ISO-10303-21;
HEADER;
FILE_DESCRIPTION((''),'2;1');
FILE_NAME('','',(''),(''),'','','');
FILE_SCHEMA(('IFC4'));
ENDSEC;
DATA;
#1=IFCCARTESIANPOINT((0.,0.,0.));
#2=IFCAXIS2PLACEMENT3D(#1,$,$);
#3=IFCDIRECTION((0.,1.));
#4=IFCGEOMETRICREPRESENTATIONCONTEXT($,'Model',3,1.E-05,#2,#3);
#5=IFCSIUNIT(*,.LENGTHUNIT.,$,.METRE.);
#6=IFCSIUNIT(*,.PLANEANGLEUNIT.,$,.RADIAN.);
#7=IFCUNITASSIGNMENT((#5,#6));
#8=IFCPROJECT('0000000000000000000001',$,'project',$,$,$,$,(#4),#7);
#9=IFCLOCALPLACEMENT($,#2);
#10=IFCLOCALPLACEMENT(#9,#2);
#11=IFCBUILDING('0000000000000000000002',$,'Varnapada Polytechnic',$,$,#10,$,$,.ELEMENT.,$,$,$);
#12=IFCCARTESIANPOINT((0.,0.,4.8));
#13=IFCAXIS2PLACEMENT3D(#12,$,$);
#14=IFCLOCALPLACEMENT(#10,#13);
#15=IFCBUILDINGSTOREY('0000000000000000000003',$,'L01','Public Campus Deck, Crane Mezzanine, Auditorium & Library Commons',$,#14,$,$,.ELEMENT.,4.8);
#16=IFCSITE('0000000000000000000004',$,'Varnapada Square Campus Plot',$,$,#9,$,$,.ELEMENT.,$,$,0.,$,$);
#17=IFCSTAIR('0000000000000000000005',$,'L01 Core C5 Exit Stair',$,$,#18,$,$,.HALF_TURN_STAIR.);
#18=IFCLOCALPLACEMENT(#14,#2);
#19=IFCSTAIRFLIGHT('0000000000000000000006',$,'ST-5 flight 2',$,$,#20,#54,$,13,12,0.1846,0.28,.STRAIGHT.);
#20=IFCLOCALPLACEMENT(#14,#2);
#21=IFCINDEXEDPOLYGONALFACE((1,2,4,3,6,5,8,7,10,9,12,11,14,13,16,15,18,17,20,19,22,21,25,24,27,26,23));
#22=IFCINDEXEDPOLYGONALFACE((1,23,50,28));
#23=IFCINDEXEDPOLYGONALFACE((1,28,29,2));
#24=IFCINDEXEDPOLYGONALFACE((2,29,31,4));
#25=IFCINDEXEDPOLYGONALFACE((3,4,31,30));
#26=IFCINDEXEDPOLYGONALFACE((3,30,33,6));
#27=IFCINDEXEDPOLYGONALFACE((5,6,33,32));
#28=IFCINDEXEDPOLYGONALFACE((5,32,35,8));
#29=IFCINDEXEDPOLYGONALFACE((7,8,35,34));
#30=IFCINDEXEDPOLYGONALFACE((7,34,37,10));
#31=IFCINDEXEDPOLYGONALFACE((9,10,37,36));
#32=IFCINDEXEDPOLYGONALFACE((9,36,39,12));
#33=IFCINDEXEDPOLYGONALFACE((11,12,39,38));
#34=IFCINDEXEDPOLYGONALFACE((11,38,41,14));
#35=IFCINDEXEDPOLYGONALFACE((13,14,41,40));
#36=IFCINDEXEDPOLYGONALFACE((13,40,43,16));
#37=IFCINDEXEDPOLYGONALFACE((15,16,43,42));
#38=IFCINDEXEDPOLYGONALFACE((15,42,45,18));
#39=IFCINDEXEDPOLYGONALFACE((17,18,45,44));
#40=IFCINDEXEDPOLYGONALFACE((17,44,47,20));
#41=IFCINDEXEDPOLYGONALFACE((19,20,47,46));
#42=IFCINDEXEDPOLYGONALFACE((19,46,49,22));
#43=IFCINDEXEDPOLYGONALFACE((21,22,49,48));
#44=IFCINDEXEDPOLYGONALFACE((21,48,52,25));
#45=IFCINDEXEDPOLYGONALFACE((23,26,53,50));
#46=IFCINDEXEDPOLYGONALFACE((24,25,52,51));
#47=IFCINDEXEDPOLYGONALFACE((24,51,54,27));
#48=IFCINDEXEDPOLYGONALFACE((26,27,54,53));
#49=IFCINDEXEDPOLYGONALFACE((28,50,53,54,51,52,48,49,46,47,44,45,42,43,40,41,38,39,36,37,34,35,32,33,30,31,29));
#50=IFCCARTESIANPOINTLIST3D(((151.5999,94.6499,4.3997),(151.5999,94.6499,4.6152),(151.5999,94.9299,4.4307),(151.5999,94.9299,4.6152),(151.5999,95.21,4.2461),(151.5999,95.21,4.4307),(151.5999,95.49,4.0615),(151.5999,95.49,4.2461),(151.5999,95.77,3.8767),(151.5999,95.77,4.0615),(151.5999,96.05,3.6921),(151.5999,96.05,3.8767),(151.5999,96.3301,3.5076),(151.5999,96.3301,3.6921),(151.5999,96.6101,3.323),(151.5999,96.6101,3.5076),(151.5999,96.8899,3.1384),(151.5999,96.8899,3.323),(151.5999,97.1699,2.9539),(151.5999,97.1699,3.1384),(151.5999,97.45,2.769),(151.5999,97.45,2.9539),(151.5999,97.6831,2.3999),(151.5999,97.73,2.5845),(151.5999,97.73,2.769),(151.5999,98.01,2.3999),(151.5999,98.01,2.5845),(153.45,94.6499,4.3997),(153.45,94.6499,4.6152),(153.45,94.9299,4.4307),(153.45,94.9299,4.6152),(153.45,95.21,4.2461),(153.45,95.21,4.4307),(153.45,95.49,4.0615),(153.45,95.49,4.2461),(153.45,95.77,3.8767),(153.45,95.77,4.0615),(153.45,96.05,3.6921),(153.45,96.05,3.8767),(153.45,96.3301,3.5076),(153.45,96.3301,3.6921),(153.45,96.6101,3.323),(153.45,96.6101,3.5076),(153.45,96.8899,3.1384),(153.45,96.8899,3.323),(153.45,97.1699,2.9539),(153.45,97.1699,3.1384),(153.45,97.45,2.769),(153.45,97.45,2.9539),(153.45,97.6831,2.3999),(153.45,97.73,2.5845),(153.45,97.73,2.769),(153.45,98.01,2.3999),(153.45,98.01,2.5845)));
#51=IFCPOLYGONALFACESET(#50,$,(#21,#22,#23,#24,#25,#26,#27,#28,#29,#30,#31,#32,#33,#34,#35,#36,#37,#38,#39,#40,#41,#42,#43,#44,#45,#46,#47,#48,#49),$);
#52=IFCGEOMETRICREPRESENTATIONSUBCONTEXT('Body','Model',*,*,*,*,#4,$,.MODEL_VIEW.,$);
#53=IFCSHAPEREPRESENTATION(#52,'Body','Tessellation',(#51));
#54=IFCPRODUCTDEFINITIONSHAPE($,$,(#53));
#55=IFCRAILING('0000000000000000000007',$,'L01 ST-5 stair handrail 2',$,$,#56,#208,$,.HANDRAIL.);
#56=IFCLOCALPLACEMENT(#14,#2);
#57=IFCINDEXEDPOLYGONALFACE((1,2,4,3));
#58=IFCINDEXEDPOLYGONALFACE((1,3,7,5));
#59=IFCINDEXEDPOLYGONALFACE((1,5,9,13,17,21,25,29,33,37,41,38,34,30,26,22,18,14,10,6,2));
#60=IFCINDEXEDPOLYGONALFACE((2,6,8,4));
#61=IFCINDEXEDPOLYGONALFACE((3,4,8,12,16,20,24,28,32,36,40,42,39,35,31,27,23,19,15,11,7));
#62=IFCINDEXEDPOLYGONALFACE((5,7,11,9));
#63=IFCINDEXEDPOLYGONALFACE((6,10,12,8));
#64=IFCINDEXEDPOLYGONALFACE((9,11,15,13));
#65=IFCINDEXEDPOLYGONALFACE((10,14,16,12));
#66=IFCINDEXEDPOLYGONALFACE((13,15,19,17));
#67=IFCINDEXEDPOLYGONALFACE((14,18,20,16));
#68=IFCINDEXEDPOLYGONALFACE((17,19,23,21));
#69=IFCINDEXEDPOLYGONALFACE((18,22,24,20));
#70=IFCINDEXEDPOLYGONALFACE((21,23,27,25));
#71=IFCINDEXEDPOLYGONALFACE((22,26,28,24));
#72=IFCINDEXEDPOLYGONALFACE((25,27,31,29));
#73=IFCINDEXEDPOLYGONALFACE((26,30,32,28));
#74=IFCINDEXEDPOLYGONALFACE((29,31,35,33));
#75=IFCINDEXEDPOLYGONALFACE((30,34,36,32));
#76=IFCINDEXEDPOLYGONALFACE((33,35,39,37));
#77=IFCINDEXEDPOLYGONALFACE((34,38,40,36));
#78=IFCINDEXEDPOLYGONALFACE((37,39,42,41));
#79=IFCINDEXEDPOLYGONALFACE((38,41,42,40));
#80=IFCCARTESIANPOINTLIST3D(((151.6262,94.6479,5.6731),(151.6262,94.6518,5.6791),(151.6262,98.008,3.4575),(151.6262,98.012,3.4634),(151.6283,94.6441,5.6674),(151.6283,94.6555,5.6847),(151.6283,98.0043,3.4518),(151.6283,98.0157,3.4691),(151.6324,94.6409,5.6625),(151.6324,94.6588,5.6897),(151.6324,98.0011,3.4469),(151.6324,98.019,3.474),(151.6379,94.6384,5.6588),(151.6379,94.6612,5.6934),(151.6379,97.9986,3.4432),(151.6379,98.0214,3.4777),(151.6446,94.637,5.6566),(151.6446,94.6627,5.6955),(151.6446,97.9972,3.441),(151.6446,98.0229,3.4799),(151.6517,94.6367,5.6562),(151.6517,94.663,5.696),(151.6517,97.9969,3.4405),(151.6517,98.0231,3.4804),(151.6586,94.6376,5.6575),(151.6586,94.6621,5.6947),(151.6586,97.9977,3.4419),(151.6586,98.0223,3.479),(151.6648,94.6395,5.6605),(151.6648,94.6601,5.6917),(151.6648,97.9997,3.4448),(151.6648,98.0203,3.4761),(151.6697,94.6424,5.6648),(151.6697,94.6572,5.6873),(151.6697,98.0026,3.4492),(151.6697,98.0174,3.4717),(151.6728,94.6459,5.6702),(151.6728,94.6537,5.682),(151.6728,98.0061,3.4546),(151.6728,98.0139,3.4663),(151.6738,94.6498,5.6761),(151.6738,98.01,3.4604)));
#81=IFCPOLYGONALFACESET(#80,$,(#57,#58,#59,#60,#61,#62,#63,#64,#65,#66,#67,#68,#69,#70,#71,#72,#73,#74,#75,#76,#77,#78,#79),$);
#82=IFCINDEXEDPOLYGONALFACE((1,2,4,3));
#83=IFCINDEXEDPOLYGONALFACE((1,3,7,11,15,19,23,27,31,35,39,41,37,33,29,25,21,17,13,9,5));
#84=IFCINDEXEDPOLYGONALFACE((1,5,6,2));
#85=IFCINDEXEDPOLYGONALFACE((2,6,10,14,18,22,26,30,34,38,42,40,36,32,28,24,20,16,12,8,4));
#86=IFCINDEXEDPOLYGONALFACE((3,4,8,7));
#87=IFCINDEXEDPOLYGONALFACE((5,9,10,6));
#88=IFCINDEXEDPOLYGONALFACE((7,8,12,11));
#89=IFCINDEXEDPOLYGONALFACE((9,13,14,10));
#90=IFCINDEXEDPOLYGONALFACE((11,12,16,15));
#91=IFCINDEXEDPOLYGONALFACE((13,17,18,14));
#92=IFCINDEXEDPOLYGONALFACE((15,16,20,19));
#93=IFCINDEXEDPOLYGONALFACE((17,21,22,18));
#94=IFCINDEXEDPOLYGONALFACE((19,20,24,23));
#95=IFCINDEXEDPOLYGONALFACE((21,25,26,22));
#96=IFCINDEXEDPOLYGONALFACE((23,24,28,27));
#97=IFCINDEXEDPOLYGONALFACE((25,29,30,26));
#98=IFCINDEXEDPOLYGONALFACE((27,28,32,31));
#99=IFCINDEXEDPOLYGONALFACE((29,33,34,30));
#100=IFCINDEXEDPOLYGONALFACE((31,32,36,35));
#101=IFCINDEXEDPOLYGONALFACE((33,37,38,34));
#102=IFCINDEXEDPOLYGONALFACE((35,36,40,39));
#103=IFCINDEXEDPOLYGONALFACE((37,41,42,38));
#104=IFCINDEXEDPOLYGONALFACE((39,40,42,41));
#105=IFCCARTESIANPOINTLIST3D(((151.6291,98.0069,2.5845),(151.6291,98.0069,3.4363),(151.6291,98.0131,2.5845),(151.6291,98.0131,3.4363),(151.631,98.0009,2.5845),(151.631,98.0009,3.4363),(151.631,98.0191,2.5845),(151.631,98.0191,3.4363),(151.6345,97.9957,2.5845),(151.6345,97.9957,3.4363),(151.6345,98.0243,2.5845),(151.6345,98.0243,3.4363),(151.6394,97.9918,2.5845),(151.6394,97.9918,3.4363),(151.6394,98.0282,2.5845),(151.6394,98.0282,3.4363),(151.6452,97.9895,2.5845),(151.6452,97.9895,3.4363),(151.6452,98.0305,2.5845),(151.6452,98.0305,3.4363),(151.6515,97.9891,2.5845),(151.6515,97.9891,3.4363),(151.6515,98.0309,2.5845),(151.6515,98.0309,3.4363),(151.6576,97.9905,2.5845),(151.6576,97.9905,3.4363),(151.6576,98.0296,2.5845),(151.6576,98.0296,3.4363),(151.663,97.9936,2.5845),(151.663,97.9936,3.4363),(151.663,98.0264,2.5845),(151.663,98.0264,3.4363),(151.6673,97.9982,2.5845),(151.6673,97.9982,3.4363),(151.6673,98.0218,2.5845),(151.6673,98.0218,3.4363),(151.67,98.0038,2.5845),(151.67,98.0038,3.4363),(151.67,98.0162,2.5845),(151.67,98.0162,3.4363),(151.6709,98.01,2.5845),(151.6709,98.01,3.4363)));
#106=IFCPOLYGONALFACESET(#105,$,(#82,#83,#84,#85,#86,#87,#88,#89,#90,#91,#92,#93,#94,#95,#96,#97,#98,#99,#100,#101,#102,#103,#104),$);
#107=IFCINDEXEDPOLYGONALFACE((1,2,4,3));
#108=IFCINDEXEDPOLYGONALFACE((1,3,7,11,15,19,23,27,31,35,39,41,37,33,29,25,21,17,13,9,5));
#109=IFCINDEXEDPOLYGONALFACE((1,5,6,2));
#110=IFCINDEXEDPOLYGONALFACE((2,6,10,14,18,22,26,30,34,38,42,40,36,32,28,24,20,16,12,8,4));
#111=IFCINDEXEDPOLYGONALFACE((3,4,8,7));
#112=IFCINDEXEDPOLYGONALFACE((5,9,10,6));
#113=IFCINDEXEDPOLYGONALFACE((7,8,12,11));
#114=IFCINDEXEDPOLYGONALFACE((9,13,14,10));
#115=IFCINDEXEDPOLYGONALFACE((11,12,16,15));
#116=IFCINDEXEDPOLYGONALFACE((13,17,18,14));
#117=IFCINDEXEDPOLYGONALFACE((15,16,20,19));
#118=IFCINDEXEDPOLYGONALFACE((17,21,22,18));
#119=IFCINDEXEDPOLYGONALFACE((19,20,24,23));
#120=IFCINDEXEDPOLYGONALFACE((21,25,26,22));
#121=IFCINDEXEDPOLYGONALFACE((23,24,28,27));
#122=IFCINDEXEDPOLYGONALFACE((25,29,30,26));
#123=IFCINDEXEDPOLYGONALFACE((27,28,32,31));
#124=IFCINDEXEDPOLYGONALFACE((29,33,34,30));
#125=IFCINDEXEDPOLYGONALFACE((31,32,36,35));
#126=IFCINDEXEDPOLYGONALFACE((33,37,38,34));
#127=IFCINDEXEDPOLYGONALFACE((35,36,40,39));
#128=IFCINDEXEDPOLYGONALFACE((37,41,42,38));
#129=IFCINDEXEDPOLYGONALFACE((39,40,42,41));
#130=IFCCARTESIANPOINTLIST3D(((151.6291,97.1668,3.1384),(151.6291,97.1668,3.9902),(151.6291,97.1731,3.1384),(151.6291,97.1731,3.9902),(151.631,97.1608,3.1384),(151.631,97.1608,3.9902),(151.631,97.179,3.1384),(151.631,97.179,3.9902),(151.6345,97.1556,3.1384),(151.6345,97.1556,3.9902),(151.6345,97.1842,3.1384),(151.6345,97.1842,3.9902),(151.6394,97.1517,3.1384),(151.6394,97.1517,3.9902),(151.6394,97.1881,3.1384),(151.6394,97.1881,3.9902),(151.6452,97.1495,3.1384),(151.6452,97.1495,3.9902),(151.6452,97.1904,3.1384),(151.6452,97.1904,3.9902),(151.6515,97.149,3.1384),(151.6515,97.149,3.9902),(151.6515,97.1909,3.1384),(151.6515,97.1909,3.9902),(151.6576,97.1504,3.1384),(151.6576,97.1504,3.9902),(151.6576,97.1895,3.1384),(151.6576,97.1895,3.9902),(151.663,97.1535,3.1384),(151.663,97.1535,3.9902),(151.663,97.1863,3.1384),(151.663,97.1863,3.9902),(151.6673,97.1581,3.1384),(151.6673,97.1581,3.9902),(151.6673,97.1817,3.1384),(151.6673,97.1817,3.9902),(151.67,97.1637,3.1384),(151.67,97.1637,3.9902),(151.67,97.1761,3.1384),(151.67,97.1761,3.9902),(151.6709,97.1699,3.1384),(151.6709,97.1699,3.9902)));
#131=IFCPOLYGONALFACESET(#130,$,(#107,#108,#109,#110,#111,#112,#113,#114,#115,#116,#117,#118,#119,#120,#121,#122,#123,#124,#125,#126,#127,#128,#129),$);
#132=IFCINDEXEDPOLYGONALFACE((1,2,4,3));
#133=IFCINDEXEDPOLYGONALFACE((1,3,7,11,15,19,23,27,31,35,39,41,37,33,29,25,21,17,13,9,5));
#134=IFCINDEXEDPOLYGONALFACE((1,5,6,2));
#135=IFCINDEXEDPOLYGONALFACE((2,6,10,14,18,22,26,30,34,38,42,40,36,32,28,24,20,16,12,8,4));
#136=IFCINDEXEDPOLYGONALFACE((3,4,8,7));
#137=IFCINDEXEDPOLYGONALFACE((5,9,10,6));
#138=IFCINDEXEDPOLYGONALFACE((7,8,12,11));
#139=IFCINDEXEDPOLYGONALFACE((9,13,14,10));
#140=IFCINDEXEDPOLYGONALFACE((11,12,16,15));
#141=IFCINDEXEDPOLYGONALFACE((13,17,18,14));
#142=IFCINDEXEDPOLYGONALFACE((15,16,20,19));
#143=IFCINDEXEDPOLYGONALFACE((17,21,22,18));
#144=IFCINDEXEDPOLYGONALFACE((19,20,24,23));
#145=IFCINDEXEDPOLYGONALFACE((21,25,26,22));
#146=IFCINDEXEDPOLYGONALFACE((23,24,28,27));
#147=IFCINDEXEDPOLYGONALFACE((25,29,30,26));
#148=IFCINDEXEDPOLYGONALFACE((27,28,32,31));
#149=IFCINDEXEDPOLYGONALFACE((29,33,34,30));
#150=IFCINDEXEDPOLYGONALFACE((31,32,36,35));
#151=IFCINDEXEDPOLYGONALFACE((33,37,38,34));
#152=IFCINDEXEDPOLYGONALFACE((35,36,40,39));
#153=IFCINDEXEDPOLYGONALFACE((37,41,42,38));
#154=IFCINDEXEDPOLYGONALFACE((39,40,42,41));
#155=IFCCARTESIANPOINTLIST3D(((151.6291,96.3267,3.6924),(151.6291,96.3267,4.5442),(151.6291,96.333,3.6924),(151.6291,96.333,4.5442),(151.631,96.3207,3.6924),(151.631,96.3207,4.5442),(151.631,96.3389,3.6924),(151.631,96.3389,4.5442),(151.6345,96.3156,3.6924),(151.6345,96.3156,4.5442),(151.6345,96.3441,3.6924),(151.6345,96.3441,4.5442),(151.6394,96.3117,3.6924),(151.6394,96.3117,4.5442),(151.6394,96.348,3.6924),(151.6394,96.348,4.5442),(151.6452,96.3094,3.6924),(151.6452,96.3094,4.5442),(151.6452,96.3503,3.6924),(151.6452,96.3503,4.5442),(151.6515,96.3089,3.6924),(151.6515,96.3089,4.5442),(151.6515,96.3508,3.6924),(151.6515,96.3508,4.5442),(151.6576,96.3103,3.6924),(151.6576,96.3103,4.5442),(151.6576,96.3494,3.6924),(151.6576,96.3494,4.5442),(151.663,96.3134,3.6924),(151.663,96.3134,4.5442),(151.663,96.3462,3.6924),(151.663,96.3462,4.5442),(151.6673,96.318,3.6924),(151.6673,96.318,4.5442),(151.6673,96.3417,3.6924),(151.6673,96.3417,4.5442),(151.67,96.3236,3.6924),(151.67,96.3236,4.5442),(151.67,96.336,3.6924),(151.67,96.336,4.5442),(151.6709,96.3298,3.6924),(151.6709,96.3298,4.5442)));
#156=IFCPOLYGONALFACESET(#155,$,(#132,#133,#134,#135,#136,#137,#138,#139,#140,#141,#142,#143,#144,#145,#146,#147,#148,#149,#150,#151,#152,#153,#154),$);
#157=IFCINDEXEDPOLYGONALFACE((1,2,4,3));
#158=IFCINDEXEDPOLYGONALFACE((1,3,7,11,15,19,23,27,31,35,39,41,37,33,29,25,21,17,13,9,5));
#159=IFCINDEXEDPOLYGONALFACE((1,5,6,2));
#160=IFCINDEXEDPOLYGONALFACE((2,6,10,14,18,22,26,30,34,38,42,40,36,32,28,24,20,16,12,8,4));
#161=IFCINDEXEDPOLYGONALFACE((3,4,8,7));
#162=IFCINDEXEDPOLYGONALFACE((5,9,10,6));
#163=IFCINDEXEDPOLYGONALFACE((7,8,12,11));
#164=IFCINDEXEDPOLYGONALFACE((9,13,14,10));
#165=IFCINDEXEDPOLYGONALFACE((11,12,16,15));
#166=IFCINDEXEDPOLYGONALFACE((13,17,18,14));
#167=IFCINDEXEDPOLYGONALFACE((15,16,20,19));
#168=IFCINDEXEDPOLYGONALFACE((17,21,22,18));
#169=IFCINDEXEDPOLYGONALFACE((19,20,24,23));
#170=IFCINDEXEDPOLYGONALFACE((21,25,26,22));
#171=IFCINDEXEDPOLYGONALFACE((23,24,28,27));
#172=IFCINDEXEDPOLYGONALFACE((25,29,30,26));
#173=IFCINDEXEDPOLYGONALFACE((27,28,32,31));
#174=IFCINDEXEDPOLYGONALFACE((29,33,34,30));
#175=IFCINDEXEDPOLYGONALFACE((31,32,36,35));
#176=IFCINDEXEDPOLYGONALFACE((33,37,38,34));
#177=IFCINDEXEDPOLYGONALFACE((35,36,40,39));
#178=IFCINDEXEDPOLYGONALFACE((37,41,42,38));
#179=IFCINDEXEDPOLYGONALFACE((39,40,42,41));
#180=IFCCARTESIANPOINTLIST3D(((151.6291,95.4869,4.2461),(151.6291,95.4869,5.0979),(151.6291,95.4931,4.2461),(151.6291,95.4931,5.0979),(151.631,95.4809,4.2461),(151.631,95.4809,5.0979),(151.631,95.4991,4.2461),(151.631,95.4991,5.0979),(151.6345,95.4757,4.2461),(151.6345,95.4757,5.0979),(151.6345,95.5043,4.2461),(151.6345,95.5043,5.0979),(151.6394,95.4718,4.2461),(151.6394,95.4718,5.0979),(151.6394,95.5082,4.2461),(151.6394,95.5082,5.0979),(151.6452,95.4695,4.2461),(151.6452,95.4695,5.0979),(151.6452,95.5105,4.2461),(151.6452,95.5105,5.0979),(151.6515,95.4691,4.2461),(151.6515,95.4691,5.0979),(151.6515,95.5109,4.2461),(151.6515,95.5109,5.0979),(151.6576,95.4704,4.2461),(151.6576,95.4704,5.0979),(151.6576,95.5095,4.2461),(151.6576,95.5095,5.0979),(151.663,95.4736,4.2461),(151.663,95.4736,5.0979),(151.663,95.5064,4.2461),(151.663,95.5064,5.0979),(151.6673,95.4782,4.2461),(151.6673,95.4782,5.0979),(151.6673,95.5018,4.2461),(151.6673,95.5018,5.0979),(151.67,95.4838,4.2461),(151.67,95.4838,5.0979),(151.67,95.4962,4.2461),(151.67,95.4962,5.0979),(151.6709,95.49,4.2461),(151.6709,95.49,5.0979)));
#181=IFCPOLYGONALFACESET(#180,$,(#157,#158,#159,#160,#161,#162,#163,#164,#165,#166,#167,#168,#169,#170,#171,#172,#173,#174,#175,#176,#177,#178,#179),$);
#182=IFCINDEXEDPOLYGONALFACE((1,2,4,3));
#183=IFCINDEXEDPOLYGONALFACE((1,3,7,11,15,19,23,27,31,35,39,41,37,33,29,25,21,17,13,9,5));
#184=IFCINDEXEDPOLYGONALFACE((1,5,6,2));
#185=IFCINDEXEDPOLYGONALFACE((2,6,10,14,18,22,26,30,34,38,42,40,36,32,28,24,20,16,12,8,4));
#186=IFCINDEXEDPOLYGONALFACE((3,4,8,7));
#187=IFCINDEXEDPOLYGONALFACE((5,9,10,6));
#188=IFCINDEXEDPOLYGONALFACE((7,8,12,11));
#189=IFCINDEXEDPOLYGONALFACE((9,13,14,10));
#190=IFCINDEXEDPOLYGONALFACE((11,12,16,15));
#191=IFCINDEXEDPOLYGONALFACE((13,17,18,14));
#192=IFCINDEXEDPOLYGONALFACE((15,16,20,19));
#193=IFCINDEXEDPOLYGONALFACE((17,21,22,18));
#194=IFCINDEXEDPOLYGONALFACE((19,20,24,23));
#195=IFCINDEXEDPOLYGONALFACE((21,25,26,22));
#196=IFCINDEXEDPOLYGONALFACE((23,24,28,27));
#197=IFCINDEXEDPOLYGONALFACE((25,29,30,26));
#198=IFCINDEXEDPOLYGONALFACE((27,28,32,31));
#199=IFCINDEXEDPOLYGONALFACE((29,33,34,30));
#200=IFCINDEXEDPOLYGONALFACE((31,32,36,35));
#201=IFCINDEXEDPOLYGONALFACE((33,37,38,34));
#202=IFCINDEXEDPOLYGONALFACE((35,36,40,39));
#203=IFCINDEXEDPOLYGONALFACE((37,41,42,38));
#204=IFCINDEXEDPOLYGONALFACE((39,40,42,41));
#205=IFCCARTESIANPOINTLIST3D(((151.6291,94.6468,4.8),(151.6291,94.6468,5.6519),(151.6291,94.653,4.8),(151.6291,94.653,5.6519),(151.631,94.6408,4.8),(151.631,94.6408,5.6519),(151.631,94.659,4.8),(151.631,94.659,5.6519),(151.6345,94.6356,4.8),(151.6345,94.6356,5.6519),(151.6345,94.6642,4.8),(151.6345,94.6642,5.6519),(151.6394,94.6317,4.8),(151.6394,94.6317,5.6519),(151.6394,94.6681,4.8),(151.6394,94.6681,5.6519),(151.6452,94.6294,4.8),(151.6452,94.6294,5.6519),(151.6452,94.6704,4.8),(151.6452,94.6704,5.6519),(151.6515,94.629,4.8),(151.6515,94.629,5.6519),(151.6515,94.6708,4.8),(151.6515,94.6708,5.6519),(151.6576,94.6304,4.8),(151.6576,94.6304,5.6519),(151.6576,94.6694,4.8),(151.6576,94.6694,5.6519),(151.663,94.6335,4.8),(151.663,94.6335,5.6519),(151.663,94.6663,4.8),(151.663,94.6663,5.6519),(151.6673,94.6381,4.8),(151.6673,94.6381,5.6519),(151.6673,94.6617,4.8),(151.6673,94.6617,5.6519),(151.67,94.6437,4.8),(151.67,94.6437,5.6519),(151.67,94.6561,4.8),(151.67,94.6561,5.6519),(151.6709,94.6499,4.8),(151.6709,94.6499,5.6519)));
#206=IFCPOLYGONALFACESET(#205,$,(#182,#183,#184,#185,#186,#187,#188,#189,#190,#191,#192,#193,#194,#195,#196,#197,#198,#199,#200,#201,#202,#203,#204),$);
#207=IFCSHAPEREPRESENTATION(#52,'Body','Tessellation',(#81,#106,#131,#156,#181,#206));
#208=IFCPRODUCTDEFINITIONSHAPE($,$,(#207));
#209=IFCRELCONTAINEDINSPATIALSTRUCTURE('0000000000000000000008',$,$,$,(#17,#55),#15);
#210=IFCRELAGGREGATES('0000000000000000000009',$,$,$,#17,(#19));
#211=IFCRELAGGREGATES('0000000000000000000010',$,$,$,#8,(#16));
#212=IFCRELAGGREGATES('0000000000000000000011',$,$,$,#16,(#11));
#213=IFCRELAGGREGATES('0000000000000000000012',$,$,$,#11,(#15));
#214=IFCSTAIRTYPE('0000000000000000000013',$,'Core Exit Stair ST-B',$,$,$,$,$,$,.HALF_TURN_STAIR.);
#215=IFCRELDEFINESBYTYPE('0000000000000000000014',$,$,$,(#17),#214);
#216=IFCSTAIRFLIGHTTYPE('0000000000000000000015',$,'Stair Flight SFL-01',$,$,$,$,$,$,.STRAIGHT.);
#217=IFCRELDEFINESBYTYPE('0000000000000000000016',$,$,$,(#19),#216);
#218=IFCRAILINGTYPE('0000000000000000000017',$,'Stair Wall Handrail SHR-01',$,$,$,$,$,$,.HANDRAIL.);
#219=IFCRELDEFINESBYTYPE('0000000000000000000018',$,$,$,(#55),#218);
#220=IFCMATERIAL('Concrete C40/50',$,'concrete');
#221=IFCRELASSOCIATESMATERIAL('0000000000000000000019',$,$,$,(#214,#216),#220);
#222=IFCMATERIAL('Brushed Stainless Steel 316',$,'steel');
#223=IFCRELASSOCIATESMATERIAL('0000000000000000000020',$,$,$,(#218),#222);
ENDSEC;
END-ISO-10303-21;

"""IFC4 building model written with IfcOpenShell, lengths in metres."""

from ifc_helpers import new_model, si_unit, direction, frame, origin, origin_2d, place, context, subcontext, project, spatial, polyline, circle, outline, extrude, material, type_object, element, aggregate, save


model = new_model("IFC4")

# Units and contexts
model_context = context("Model", 3, precision=1e-05, world=origin(), true_north=direction((0.0, 1.0)))
body_context = subcontext(model_context, "Body", "Model", "MODEL_VIEW")
ifc_project = project(units=[si_unit("LENGTHUNIT", "METRE"), si_unit("PLANEANGLEUNIT", "RADIAN")], contexts=[model_context])

# Site, building, storey
site_placement = place(None, origin())
site = spatial("IfcSite", under=ifc_project, at=site_placement, Name="Varnapada Square Campus Plot", CompositionType="ELEMENT", RefElevation=0.0)
building_placement = place(site_placement, origin())
building = spatial("IfcBuilding", under=site, at=building_placement, Name="Varnapada Polytechnic", CompositionType="ELEMENT")
storey_placement = place(building_placement, frame((0.0, 0.0, 4.8)))
storey = spatial("IfcBuildingStorey", under=building, at=storey_placement, Name="L01", Description="Public Campus Deck, Crane Mezzanine, Auditorium & Library Commons", CompositionType="ELEMENT", Elevation=4.8)

# Shared definitions
ifc_material_1 = material(Name="Concrete C40/50", Category="concrete")

# Stair, stair flight
stair_type = type_object("IfcStairType", Name="Core Exit Stair ST-B", PredefinedType="HALF_TURN_STAIR", material=ifc_material_1)
stair_placement = place(storey_placement, origin())
stair = element("IfcStair", 1, at=stair_placement, inside=storey, type_object=stair_type, Name="L01 Core C5 Exit Stair", PredefinedType="HALF_TURN_STAIR")
stair_flight_type = type_object("IfcStairFlightType", Name="Stair Flight SFL-01", PredefinedType="STRAIGHT", material=ifc_material_1)
stair_flight_placement = place(storey_placement, frame((152.5249, 98.01, 2.3999), z_axis=(0.0, 0.0, 1.0), x_axis=(0.0, -1.0, 0.0)))
stair_flight = element("IfcStairFlight", 2, at=stair_flight_placement, type_object=stair_flight_type, Name="ST-5 flight 2", NumberOfRisers=13, NumberOfTreads=12, PredefinedType="STRAIGHT", RiserHeight=0.1846, TreadLength=0.28, context=body_context, shape_type="SweptSolid", body=[
    extrude(outline(polyline([(0.0, 0.0), (0.0, 0.1846), (0.28, 0.1846), (0.28, 0.3691), (0.5601, 0.3691), (0.5601, 0.554), (0.8401, 0.554), (0.8401, 0.7385), (1.1201, 0.7385), (1.1201, 0.9231), (1.3999, 0.9231), (1.3999, 1.1077), (1.6799, 1.1077), (1.6799, 1.2922), (1.96, 1.2922), (1.96, 1.4768), (2.24, 1.4768), (2.24, 1.6616), (2.52, 1.6616), (2.52, 1.8462), (2.8, 1.8462), (2.8, 2.0308), (3.0801, 2.0308), (3.0801, 2.2153), (3.3601, 2.2153), (3.3601, 2.3999), (3.3601, 1.9998), (0.3269, 0.0), (0.0, 0.0)])), frame((0.0, 0.925, 0.0), z_axis=(0.0, -1.0, 0.0), x_axis=(1.0, 0.0, 0.0)), (0.0, 0.0, 1.0), 1.8501),
])
aggregate(stair, [stair_flight])

# Railing
ifc_material_2 = material(Name="Brushed Stainless Steel 316", Category="steel")
railing_type_1 = type_object("IfcRailingType", Name="Stair Wall Handrail SHR-01", PredefinedType="HANDRAIL", material=ifc_material_2)
railing_1_placement = place(storey_placement, frame((151.6499, 98.01, 2.5845)))
element("IfcRailing", 3, at=railing_1_placement, inside=storey, type_object=railing_type_1, Name="L01 ST-5 stair handrail 2", PredefinedType="HANDRAIL", context=body_context, shape_type="SweptSolid", body=[
    extrude(circle(Radius=0.0239, at=origin_2d()), frame((0.0, 0.0, 0.876), z_axis=(0.0, -0.834849, 0.55048), x_axis=(1.0, 0.0, 0.0)), (0.0, 0.0, 1.0), 4.0249),
    extrude(circle(Radius=0.021, at=origin_2d()), origin(), (0.0, 0.0, 1.0), 0.8518),
    extrude(circle(Radius=0.021, at=origin_2d()), frame((0.0, -0.8401, 0.554)), (0.0, 0.0, 1.0), 0.8518),
    extrude(circle(Radius=0.021, at=origin_2d()), frame((0.0, -1.6802, 1.1079)), (0.0, 0.0, 1.0), 0.8518),
    extrude(circle(Radius=0.021, at=origin_2d()), frame((0.0, -2.52, 1.6616)), (0.0, 0.0, 1.0), 0.8518),
    extrude(circle(Radius=0.021, at=origin_2d()), frame((0.0, -3.3601, 2.2156)), (0.0, 0.0, 1.0), 0.8518),
])

save(model, "model.ifc")
